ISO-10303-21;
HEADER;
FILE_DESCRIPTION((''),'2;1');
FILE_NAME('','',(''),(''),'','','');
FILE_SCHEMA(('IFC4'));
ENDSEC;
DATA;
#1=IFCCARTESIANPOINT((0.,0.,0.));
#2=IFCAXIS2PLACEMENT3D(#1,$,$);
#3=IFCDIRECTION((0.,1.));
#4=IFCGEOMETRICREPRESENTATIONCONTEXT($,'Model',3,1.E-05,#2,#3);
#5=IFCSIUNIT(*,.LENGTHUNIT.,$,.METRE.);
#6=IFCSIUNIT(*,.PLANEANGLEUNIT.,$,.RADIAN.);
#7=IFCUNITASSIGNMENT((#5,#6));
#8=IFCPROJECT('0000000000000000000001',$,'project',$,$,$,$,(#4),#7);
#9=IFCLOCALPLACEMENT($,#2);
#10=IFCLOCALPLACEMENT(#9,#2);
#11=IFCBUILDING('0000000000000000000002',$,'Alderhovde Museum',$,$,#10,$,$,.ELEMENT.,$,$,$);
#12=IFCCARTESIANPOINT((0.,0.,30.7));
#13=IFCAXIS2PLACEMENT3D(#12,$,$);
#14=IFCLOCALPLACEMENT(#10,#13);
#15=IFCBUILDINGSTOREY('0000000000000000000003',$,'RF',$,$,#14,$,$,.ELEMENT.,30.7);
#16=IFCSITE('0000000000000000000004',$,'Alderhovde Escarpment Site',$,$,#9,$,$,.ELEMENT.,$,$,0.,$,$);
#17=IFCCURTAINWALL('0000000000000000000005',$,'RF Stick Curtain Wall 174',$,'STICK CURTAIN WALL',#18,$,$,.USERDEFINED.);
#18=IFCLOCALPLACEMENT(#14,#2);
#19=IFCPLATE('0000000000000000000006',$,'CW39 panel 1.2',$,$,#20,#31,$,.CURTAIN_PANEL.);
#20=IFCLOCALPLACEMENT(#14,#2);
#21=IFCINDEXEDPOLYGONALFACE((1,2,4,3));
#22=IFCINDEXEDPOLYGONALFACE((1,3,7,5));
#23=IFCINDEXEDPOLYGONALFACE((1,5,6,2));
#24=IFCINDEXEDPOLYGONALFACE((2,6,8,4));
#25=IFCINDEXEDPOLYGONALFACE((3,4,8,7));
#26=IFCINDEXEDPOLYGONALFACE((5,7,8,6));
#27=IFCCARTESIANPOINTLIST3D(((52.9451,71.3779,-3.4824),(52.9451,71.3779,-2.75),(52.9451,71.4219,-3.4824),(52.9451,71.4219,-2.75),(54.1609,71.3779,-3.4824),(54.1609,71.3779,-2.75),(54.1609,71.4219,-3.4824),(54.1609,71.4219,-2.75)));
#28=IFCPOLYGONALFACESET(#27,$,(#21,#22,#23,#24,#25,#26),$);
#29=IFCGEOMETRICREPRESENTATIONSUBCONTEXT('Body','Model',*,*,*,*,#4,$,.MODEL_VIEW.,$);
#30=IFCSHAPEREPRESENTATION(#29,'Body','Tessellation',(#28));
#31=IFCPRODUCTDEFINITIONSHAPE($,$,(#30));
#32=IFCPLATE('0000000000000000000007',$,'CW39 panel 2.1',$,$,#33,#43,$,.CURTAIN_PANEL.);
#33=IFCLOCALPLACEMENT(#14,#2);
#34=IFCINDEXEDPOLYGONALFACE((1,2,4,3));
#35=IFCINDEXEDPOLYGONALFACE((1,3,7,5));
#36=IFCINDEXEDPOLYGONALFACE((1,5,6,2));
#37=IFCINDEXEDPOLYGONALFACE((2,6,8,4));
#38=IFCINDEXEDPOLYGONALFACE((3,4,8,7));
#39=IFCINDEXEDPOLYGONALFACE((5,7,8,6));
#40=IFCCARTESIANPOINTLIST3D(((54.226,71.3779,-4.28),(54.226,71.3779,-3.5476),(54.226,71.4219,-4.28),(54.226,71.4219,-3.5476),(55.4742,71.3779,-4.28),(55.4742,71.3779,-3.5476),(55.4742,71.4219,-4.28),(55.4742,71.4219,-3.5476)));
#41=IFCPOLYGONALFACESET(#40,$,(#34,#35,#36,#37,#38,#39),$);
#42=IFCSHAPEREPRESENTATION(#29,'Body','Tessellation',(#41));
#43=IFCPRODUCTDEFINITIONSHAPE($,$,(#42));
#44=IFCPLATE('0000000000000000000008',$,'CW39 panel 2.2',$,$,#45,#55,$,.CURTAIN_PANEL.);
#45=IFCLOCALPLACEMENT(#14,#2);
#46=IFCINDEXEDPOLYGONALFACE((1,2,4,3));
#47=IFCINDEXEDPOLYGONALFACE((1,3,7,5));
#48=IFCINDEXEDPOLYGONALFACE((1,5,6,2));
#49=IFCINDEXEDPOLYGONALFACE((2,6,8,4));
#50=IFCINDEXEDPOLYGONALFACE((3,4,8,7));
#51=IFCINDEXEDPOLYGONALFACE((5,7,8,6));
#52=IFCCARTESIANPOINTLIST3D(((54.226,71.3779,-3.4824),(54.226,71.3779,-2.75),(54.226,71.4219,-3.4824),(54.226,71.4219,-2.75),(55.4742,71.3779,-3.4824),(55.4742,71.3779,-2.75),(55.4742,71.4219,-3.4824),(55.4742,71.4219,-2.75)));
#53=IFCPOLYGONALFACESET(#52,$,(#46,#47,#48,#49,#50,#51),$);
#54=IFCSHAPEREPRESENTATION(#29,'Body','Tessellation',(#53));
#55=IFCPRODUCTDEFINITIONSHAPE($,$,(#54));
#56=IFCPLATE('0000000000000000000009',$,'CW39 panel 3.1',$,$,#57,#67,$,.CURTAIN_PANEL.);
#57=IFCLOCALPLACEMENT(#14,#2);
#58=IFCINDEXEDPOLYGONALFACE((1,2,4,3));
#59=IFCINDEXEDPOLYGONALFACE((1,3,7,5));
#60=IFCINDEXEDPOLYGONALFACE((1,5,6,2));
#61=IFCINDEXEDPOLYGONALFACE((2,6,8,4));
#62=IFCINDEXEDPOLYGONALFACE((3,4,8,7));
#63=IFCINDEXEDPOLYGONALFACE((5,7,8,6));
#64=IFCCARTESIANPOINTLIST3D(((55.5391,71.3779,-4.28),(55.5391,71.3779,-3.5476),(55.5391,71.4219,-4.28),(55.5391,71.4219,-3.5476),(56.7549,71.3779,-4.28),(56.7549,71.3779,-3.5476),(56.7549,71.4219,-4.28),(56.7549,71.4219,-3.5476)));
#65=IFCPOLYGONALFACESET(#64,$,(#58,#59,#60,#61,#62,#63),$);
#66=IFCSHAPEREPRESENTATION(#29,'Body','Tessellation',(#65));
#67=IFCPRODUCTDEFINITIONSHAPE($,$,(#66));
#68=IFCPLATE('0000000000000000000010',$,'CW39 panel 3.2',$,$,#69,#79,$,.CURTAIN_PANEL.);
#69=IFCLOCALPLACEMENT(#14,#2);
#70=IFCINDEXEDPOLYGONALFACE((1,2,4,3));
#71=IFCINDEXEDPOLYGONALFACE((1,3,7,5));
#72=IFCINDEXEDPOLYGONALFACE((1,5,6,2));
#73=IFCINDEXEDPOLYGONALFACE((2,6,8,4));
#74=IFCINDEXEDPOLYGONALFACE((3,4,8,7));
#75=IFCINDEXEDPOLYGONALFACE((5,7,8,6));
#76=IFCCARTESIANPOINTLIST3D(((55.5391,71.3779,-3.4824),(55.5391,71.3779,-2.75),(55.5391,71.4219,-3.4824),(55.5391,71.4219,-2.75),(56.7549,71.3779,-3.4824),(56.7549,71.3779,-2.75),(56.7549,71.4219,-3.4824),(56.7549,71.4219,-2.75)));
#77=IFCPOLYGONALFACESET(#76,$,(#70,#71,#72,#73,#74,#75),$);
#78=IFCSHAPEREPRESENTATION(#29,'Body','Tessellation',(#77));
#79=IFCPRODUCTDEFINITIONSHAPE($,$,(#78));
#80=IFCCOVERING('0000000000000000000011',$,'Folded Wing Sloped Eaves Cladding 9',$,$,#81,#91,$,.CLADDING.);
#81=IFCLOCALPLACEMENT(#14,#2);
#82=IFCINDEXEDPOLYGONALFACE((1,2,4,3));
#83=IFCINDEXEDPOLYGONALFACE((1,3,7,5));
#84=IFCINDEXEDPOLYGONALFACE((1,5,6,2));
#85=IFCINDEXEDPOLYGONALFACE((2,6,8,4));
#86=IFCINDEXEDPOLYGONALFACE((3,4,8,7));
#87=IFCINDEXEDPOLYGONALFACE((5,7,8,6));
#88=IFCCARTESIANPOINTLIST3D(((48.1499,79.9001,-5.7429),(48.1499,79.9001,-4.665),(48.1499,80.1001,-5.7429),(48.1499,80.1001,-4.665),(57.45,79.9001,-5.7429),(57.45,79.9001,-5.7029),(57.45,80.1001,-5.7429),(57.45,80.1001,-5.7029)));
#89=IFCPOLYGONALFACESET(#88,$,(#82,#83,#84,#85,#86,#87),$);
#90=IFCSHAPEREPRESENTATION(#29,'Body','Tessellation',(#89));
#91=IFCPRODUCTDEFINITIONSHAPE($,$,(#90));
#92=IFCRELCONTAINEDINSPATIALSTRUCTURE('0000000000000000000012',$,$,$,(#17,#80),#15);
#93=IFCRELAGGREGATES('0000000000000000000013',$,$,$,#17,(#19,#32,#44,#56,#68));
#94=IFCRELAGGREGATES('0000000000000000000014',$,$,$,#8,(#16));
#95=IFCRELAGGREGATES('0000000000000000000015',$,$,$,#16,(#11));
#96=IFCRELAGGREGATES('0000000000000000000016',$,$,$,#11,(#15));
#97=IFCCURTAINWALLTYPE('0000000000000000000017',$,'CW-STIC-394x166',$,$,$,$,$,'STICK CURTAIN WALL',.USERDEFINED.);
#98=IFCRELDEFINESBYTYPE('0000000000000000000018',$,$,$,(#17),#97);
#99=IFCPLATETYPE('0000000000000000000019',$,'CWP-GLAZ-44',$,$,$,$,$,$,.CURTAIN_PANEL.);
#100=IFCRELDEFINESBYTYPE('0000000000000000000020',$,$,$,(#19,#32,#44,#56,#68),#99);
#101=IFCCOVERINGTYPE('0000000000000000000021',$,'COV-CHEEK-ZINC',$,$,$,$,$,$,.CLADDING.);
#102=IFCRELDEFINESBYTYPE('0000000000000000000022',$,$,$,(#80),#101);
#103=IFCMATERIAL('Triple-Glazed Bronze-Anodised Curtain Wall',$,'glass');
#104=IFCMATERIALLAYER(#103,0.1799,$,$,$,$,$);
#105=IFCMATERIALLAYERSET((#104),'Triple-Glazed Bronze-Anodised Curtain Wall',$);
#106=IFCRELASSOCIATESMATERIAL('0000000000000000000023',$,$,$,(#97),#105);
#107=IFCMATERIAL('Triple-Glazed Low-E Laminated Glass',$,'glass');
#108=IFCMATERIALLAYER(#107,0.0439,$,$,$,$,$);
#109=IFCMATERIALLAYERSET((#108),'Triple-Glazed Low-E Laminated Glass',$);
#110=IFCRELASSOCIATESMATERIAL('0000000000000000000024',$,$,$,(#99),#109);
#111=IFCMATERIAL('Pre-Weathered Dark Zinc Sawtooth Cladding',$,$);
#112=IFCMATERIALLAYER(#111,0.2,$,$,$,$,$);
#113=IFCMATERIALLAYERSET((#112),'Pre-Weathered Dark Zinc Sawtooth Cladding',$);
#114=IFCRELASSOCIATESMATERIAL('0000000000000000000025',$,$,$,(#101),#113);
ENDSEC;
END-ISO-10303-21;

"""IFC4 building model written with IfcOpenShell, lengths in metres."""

from ifc_helpers import new_model, si_unit, direction, frame, origin, origin_2d, place, context, subcontext, project, spatial, polyline, rectangle, outline, extrude, material, layer, layer_set, type_object, element, aggregate, save


model = new_model("IFC4")

# Units and contexts
model_context = context("Model", 3, precision=1e-05, world=origin(), true_north=direction((0.0, 1.0)))
body_context = subcontext(model_context, "Body", "Model", "MODEL_VIEW")
ifc_project = project(units=[si_unit("LENGTHUNIT", "METRE"), si_unit("PLANEANGLEUNIT", "RADIAN")], contexts=[model_context])

# Site, building, storey
site_placement = place(None, origin())
site = spatial("IfcSite", under=ifc_project, at=site_placement, Name="Alderhovde Escarpment Site", CompositionType="ELEMENT", RefElevation=0.0)
building_placement = place(site_placement, origin())
building = spatial("IfcBuilding", under=site, at=building_placement, Name="Alderhovde Museum", CompositionType="ELEMENT")
storey_placement = place(building_placement, frame((0.0, 0.0, 30.7)))
storey = spatial("IfcBuildingStorey", under=building, at=storey_placement, Name="RF", CompositionType="ELEMENT", Elevation=30.7)

# Shared definitions
ifc_material_1 = material(Name="Triple-Glazed Bronze-Anodised Curtain Wall", Category="glass")
ifc_layer_1 = layer(ifc_material_1, 0.1799)
ifc_layer_set_1 = layer_set([ifc_layer_1], Name="Triple-Glazed Bronze-Anodised Curtain Wall")
curtain_wall_type = type_object("IfcCurtainWallType", Name="CW-STIC-394x166", ElementType="STICK CURTAIN WALL", PredefinedType="USERDEFINED", material=ifc_layer_set_1)

# Curtain wall
curtain_wall_1_placement = place(storey_placement, origin())
curtain_wall_1 = element("IfcCurtainWall", 1, at=curtain_wall_1_placement, inside=storey, type_object=curtain_wall_type, Name="RF Stick Curtain Wall 174", ObjectType="STICK CURTAIN WALL", PredefinedType="USERDEFINED")

# Plates
ifc_material_2 = material(Name="Triple-Glazed Low-E Laminated Glass", Category="glass")
ifc_layer_2 = layer(ifc_material_2, 0.0439)
ifc_layer_set_2 = layer_set([ifc_layer_2], Name="Triple-Glazed Low-E Laminated Glass")
plate_type_1 = type_object("IfcPlateType", Name="CWP-GLAZ-44", PredefinedType="CURTAIN_PANEL", material=ifc_layer_set_2)
plate_1_placement = place(storey_placement, frame((53.553, 71.3999, -3.4824), z_axis=(0.0, 0.0, 1.0), x_axis=(1.0, 0.0, 0.0)))
plate_1 = element("IfcPlate", 2, at=plate_1_placement, type_object=plate_type_1, Name="CW39 panel 1.2", PredefinedType="CURTAIN_PANEL", context=body_context, shape_type="SweptSolid", body=[
    extrude(rectangle(XDim=1.2158, YDim=0.0439, at=origin_2d()), origin(), (0.0, 0.0, 1.0), 0.7324),
])
plate_2_placement = place(storey_placement, frame((54.8501, 71.3999, -4.28), z_axis=(0.0, 0.0, 1.0), x_axis=(1.0, 0.0, 0.0)))
plate_2 = element("IfcPlate", 3, at=plate_2_placement, type_object=plate_type_1, Name="CW39 panel 2.1", PredefinedType="CURTAIN_PANEL", context=body_context, shape_type="SweptSolid", body=[
    extrude(rectangle(XDim=1.2483, YDim=0.0439, at=origin_2d()), origin(), (0.0, 0.0, 1.0), 0.7324),
])
plate_3_placement = place(storey_placement, frame((54.8501, 71.3999, -3.4824), z_axis=(0.0, 0.0, 1.0), x_axis=(1.0, 0.0, 0.0)))
plate_3 = element("IfcPlate", 4, at=plate_3_placement, type_object=plate_type_1, Name="CW39 panel 2.2", PredefinedType="CURTAIN_PANEL", context=body_context, shape_type="SweptSolid", body=[
    extrude(rectangle(XDim=1.2483, YDim=0.0439, at=origin_2d()), origin(), (0.0, 0.0, 1.0), 0.7324),
])
plate_4_placement = place(storey_placement, frame((56.147, 71.3999, -4.28), z_axis=(0.0, 0.0, 1.0), x_axis=(1.0, 0.0, 0.0)))
plate_4 = element("IfcPlate", 5, at=plate_4_placement, type_object=plate_type_1, Name="CW39 panel 3.1", PredefinedType="CURTAIN_PANEL", context=body_context, shape_type="SweptSolid", body=[
    extrude(rectangle(XDim=1.2158, YDim=0.0439, at=origin_2d()), origin(), (0.0, 0.0, 1.0), 0.7324),
])
plate_5_placement = place(storey_placement, frame((56.147, 71.3999, -3.4824), z_axis=(0.0, 0.0, 1.0), x_axis=(1.0, 0.0, 0.0)))
plate_5 = element("IfcPlate", 6, at=plate_5_placement, type_object=plate_type_1, Name="CW39 panel 3.2", PredefinedType="CURTAIN_PANEL", context=body_context, shape_type="SweptSolid", body=[
    extrude(rectangle(XDim=1.2158, YDim=0.0439, at=origin_2d()), origin(), (0.0, 0.0, 1.0), 0.7324),
])
aggregate(curtain_wall_1, [plate_1, plate_2, plate_3, plate_4, plate_5])

# Covering
ifc_material_3 = material(Name="Pre-Weathered Dark Zinc Sawtooth Cladding")
ifc_layer_3 = layer(ifc_material_3, 0.2)
ifc_layer_set_3 = layer_set([ifc_layer_3], Name="Pre-Weathered Dark Zinc Sawtooth Cladding")
covering_type = type_object("IfcCoveringType", Name="COV-CHEEK-ZINC", PredefinedType="CLADDING", material=ifc_layer_set_3)
covering_placement = place(storey_placement, frame((48.1499, 80.0, -5.7429), z_axis=(0.0, 0.0, 1.0), x_axis=(1.0, 0.0, 0.0)))
element("IfcCovering", 7, at=covering_placement, inside=storey, type_object=covering_type, Name="Folded Wing Sloped Eaves Cladding 9", PredefinedType="CLADDING", context=body_context, shape_type="SweptSolid", body=[
    extrude(outline(polyline([(0.0, 0.0), (9.3, 0.0), (9.3, 0.04), (0.0, 1.0779), (0.0, 0.0)])), frame((0.0, 0.1001, 0.0), z_axis=(0.0, -1.0, 0.0), x_axis=(1.0, 0.0, 0.0)), (0.0, 0.0, 1.0), 0.2),
])

save(model, "model.ifc")
